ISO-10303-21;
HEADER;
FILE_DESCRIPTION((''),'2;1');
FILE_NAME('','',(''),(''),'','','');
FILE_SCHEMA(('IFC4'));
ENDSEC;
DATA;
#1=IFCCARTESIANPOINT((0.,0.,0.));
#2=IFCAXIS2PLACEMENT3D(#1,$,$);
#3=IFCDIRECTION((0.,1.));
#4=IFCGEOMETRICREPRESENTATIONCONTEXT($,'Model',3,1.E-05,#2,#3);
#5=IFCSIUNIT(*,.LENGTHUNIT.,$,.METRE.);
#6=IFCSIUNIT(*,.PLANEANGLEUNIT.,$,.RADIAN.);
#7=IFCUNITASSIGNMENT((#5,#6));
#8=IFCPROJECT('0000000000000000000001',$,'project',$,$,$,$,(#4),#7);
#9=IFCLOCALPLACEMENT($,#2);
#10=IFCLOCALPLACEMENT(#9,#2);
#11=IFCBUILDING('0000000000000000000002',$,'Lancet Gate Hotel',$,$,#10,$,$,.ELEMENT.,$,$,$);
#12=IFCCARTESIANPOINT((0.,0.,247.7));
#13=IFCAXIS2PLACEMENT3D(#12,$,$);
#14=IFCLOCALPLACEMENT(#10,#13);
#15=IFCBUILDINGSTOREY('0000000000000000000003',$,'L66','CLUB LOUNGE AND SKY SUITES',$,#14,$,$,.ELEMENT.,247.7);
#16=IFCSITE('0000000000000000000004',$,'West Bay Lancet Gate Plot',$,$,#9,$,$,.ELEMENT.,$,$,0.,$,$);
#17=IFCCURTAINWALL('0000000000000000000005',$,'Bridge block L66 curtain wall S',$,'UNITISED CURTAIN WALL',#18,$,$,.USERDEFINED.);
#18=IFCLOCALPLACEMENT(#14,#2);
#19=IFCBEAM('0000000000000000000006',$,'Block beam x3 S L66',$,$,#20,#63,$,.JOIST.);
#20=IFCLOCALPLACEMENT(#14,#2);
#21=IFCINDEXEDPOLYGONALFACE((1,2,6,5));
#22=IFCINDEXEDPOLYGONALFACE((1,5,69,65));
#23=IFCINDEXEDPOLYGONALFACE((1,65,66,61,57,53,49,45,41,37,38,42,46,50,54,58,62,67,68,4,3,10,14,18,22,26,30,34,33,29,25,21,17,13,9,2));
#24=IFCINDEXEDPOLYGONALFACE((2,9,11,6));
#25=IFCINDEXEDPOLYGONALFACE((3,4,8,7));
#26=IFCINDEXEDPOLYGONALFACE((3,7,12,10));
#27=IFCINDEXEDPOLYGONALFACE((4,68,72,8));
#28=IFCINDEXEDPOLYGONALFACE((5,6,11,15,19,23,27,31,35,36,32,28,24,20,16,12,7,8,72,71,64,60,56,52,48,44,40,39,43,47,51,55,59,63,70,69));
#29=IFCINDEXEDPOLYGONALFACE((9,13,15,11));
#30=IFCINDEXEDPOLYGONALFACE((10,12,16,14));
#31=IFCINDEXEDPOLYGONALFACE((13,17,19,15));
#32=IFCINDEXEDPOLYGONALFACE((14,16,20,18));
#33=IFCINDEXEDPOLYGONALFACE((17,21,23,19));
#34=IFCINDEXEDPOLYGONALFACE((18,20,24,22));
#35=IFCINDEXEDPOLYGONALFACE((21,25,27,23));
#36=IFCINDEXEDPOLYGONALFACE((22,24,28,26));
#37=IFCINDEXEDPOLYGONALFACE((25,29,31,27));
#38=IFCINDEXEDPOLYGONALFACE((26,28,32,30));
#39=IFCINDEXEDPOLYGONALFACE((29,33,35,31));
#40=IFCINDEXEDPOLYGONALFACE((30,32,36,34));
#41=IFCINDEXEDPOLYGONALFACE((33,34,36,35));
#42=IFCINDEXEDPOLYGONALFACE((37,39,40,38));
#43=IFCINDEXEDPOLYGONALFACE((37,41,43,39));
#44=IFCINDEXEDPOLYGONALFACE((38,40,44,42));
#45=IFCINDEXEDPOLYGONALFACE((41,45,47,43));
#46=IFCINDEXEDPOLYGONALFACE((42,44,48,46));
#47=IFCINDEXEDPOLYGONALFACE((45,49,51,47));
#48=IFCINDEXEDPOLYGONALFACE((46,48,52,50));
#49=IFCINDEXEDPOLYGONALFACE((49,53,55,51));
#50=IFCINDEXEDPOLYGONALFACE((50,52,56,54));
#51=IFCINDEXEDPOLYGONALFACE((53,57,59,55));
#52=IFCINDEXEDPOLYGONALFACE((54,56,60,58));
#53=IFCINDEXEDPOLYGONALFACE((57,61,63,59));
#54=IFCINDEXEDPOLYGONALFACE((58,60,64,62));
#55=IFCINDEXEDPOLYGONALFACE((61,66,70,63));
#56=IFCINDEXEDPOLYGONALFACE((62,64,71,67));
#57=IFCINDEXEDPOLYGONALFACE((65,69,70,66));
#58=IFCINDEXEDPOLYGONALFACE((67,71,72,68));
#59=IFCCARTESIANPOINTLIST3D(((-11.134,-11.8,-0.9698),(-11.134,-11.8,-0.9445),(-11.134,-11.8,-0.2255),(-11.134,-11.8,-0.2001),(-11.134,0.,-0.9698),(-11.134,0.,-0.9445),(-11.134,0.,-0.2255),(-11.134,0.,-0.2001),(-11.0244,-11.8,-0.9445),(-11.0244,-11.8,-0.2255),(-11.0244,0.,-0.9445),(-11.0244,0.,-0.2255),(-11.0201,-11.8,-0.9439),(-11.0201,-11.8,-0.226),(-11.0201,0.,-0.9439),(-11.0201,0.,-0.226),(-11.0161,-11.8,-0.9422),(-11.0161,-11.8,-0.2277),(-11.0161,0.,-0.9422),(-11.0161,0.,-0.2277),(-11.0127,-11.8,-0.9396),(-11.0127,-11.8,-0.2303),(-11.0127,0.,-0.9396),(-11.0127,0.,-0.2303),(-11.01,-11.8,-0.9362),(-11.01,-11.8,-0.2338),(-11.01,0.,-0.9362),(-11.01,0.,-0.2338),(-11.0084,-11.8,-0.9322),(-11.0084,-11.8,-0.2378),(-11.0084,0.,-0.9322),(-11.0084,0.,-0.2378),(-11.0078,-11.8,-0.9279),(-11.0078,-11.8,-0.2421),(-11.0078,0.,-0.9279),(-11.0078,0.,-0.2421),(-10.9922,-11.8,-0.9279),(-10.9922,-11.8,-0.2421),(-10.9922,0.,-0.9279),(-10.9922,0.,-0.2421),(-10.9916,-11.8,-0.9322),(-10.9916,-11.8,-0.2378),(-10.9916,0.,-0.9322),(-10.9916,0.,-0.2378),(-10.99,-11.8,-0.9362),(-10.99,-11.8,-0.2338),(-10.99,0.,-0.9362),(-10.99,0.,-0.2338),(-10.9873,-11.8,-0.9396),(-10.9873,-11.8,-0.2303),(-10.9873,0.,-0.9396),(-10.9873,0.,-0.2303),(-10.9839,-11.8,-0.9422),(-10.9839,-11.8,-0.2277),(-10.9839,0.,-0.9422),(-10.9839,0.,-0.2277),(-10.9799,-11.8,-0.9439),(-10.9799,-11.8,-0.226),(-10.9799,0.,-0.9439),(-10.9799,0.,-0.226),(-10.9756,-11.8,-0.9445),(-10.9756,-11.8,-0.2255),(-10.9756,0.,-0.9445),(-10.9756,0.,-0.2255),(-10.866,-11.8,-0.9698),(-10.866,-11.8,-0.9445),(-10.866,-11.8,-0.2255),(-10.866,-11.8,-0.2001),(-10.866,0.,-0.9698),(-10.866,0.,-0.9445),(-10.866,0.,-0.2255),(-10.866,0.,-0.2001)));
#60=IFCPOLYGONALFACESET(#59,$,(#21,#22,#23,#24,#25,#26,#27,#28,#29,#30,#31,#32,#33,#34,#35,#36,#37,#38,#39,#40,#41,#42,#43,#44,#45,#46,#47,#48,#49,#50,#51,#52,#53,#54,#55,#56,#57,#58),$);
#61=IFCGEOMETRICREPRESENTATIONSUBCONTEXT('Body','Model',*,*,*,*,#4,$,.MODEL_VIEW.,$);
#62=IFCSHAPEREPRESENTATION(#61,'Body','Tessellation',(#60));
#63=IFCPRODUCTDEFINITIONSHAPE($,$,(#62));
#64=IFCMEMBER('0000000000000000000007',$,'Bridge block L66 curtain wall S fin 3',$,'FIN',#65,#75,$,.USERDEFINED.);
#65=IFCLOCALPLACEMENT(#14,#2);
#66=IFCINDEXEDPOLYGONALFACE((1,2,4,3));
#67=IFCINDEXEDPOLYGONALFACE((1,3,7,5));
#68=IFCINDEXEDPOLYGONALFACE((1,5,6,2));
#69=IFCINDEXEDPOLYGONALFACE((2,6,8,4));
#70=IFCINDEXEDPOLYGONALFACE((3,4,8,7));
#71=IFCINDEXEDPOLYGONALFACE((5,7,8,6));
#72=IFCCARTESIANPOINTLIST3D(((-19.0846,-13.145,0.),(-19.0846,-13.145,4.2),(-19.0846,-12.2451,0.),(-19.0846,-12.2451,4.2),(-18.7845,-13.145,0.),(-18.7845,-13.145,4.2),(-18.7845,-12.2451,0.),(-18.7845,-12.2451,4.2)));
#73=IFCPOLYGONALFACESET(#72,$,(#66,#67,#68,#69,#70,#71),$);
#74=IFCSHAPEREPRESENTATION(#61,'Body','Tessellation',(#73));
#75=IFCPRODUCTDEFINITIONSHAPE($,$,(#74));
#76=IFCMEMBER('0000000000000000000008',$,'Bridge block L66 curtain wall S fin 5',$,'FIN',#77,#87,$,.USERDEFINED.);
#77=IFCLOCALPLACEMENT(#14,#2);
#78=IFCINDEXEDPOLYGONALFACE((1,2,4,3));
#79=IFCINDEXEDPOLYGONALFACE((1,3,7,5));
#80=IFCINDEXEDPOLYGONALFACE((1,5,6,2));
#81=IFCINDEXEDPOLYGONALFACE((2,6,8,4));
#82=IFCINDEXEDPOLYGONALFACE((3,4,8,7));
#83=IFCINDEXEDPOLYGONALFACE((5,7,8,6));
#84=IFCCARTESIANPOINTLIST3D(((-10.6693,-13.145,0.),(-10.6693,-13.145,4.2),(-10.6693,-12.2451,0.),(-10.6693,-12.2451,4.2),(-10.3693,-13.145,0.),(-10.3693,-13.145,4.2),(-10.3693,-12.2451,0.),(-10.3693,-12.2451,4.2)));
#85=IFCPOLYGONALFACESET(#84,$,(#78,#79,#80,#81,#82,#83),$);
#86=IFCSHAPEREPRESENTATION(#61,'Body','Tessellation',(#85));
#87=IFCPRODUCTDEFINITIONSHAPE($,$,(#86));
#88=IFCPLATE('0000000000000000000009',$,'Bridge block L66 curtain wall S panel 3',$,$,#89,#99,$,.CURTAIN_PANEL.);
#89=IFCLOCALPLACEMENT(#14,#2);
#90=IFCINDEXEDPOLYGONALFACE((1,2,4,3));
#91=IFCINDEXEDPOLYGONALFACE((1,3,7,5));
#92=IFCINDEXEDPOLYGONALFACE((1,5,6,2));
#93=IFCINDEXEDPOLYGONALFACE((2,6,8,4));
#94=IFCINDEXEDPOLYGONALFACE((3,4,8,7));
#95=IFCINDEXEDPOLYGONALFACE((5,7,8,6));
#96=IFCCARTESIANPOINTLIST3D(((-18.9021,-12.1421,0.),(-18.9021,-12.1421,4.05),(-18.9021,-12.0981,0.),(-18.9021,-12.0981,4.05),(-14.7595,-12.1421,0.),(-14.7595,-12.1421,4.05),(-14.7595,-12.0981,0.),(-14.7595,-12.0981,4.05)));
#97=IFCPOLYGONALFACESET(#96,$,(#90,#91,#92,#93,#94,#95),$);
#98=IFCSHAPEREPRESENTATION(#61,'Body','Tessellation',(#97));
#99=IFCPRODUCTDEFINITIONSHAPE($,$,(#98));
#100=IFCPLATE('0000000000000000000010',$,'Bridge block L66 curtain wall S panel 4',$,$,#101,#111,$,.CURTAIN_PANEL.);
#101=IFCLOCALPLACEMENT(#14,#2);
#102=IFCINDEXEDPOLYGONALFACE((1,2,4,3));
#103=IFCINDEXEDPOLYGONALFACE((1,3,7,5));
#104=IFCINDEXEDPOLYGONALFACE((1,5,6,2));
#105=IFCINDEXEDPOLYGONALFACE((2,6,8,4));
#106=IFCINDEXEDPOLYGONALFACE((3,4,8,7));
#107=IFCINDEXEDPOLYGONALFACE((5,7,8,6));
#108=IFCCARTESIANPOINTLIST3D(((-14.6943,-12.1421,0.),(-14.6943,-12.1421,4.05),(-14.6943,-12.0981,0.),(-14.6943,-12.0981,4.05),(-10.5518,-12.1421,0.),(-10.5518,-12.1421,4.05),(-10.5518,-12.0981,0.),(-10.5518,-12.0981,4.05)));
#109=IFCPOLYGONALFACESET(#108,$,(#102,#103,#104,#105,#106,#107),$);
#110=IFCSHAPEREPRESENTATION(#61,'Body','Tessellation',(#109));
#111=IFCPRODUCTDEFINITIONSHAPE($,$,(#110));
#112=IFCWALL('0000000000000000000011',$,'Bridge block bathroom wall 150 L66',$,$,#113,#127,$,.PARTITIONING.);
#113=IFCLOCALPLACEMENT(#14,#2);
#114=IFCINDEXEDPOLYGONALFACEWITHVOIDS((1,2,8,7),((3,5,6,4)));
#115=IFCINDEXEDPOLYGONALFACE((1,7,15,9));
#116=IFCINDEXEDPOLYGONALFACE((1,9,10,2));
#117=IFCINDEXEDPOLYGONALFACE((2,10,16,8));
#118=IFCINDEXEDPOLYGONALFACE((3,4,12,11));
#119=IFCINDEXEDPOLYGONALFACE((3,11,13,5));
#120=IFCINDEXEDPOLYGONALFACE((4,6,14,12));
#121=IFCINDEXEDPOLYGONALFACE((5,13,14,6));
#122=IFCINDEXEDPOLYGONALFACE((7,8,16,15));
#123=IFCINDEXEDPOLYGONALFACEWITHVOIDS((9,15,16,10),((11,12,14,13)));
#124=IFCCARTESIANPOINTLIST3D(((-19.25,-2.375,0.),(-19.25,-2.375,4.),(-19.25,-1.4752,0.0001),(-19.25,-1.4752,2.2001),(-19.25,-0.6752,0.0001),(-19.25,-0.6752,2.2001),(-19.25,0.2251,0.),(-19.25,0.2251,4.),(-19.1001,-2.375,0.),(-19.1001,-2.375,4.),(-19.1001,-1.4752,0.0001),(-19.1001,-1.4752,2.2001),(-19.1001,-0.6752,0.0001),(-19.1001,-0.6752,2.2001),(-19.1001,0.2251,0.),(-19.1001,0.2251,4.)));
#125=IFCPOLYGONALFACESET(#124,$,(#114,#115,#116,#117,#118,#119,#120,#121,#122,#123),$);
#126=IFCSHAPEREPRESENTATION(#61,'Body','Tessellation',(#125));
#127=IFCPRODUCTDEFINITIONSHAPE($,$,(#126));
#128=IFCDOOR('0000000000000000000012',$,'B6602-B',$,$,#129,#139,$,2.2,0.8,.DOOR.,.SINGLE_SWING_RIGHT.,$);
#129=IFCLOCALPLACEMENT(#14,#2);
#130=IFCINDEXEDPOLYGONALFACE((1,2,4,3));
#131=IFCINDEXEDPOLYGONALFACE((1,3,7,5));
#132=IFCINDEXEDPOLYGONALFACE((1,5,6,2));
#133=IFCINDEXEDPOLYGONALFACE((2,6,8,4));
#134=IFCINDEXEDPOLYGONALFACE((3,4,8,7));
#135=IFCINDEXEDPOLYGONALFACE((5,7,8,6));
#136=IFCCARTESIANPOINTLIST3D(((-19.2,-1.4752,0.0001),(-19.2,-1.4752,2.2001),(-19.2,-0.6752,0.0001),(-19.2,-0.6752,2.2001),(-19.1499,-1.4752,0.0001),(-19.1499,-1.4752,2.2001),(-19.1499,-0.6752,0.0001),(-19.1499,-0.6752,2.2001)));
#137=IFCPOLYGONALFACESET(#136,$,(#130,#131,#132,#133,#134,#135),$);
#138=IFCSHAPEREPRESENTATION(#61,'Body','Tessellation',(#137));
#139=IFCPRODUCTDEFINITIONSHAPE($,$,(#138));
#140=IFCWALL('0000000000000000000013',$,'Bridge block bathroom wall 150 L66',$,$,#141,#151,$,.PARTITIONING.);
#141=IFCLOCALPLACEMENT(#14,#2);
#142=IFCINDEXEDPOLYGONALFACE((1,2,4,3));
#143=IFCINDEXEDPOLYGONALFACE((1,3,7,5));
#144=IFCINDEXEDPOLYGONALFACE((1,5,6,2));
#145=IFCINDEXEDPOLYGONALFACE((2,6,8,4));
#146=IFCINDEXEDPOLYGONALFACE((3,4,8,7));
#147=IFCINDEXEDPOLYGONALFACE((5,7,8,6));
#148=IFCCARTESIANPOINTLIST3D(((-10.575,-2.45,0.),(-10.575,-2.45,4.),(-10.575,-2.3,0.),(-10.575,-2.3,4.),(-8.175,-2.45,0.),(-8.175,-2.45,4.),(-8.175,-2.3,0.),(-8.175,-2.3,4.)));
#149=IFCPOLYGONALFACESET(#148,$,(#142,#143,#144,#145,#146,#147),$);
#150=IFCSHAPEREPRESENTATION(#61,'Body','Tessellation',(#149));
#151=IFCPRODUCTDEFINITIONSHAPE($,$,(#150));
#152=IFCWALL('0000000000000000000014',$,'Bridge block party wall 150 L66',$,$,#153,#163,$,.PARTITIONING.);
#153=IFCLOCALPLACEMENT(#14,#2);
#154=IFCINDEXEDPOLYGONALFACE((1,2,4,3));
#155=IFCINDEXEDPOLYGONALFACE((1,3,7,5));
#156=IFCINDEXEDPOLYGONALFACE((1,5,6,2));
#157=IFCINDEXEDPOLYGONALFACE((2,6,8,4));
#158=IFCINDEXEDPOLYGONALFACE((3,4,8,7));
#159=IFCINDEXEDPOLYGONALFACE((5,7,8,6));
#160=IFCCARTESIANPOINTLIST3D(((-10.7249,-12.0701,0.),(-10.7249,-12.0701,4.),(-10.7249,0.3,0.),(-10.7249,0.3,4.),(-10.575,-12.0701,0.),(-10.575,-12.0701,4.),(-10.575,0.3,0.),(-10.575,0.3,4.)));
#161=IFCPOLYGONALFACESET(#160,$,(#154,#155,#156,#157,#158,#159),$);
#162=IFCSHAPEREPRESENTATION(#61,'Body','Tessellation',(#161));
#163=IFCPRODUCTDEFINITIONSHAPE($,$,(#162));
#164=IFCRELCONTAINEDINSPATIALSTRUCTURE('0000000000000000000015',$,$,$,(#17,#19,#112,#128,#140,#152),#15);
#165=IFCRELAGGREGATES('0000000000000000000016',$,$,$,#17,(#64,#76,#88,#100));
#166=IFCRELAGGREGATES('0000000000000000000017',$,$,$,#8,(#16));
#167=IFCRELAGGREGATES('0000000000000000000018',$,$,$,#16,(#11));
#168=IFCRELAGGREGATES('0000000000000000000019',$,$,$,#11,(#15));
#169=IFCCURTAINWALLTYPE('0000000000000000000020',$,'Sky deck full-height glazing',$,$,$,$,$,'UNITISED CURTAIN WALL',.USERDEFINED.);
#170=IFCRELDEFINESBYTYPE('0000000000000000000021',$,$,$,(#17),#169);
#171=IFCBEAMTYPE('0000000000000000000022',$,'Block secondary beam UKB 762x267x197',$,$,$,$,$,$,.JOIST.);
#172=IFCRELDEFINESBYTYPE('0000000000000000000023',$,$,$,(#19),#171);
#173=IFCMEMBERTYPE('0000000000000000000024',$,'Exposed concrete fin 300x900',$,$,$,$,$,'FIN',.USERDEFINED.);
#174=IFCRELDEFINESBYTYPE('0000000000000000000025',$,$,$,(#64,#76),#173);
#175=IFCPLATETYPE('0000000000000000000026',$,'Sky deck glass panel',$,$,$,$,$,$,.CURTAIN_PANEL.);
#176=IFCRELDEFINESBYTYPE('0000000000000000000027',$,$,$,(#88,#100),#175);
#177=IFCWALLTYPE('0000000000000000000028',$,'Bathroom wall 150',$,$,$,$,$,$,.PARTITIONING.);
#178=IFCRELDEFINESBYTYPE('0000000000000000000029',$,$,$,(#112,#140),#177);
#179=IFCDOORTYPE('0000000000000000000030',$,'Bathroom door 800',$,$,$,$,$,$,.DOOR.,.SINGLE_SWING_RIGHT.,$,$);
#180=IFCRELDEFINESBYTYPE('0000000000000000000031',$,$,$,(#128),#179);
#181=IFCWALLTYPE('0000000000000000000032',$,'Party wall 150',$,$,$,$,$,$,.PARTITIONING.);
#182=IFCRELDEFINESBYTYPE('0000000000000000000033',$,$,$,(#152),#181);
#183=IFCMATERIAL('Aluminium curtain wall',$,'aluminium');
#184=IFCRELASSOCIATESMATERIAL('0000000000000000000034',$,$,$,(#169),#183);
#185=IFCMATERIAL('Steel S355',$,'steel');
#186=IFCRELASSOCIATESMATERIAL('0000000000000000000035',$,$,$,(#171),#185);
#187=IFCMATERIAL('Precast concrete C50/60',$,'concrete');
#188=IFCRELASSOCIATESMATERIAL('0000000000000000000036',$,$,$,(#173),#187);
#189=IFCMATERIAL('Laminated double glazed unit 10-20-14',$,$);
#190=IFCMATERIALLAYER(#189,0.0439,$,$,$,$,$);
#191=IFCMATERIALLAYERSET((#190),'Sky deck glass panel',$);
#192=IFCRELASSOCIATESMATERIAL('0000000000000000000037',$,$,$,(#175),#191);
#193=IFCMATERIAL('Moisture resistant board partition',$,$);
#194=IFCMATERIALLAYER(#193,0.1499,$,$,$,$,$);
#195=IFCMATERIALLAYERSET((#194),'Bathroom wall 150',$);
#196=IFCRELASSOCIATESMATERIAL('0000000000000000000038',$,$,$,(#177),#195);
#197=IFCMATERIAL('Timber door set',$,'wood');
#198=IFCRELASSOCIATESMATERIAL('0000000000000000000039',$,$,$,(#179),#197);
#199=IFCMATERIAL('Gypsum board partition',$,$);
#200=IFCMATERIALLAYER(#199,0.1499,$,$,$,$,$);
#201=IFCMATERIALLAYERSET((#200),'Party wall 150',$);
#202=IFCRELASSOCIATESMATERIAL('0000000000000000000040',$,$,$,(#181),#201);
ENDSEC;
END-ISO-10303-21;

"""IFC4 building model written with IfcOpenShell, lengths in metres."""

from ifc_helpers import new_model, si_unit, direction, frame, frame_2d, origin, origin_2d, place, context, subcontext, project, spatial, rectangle, i_section, extrude, material, layer, layer_set, material_profile, profile_set, type_object, element, fill, aggregate, save


model = new_model("IFC4")

# Units and contexts
model_context = context("Model", 3, precision=1e-05, world=origin(), true_north=direction((0.0, 1.0)))
body_context = subcontext(model_context, "Body", "Model", "MODEL_VIEW")
ifc_project = project(units=[si_unit("LENGTHUNIT", "METRE"), si_unit("PLANEANGLEUNIT", "RADIAN")], contexts=[model_context])

# Site, building, storey
site_placement = place(None, origin())
site = spatial("IfcSite", under=ifc_project, at=site_placement, Name="West Bay Lancet Gate Plot", CompositionType="ELEMENT", RefElevation=0.0)
building_placement = place(site_placement, origin())
building = spatial("IfcBuilding", under=site, at=building_placement, Name="Lancet Gate Hotel", CompositionType="ELEMENT")
storey_placement = place(building_placement, frame((0.0, 0.0, 247.7)))
storey = spatial("IfcBuildingStorey", under=building, at=storey_placement, Name="L66", Description="CLUB LOUNGE AND SKY SUITES", CompositionType="ELEMENT", Elevation=247.7)

# Curtain wall
ifc_material_1 = material(Name="Aluminium curtain wall", Category="aluminium")
curtain_wall_type = type_object("IfcCurtainWallType", Name="Sky deck full-height glazing", ElementType="UNITISED CURTAIN WALL", PredefinedType="USERDEFINED", material=ifc_material_1)
curtain_wall_placement = place(storey_placement, origin())
curtain_wall = element("IfcCurtainWall", 1, at=curtain_wall_placement, inside=storey, type_object=curtain_wall_type, Name="Bridge block L66 curtain wall S", ObjectType="UNITISED CURTAIN WALL", PredefinedType="USERDEFINED")

# Beam
ifc_material_2 = material(Name="Steel S355", Category="steel")
ifc_material_profile_1 = material_profile(ifc_material_2, i_section(OverallWidth=0.2681, OverallDepth=0.7698, WebThickness=0.0156, FlangeThickness=0.0254, FilletRadius=0.0166, at=origin_2d()), Name="UKB 762x267x197")
ifc_profile_set_1 = profile_set([ifc_material_profile_1], Name="Steel S355")
beam_type_1 = type_object("IfcBeamType", Name="Block secondary beam UKB 762x267x197", PredefinedType="JOIST", material=ifc_profile_set_1)
for number, where, z_axis, x_axis, name in (
    (2, (-11.0, -11.8, -0.585), (0.0, 1.0, 0.0), (-1.0, 0.0, 0.0), "Block beam x3 S L66"),
):
    element("IfcBeam", number, at=place(storey_placement, frame(where, z_axis=z_axis, x_axis=x_axis)), inside=storey, type_object=beam_type_1, Name=name, PredefinedType="JOIST", context=body_context, shape_type="SweptSolid", body=[
        extrude(i_section(OverallWidth=0.2681, OverallDepth=0.7698, WebThickness=0.0156, FlangeThickness=0.0254, FilletRadius=0.0166, at=origin_2d()), origin(), (0.0, 0.0, 1.0), 11.8),
    ])

# Members
ifc_material_3 = material(Name="Precast concrete C50/60", Category="concrete")
ifc_material_profile_2 = material_profile(ifc_material_3, rectangle(XDim=0.3, YDim=0.8999, at=origin_2d()), Name="FIN 300x900")
ifc_profile_set_2 = profile_set([ifc_material_profile_2], Name="Precast concrete C50/60")
member_type_1 = type_object("IfcMemberType", Name="Exposed concrete fin 300x900", ElementType="FIN", PredefinedType="USERDEFINED", material=ifc_profile_set_2)
member_1_placement = place(storey_placement, frame((-18.9346, -12.6951, 0.0), z_axis=(0.0, 0.0, 1.0), x_axis=(1.0, 0.0, 0.0)))
member_1 = element("IfcMember", 3, at=member_1_placement, type_object=member_type_1, Name="Bridge block L66 curtain wall S fin 3", ObjectType="FIN", PredefinedType="USERDEFINED", context=body_context, shape_type="SweptSolid", body=[
    extrude(rectangle(XDim=0.3, YDim=0.8999, at=origin_2d()), origin(), (0.0, 0.0, 1.0), 4.2),
])
member_2_placement = place(storey_placement, frame((-10.5193, -12.6951, 0.0), z_axis=(0.0, 0.0, 1.0), x_axis=(1.0, 0.0, 0.0)))
member_2 = element("IfcMember", 4, at=member_2_placement, type_object=member_type_1, Name="Bridge block L66 curtain wall S fin 5", ObjectType="FIN", PredefinedType="USERDEFINED", context=body_context, shape_type="SweptSolid", body=[
    extrude(rectangle(XDim=0.3, YDim=0.8999, at=origin_2d()), origin(), (0.0, 0.0, 1.0), 4.2),
])

# Plates
ifc_material_4 = material(Name="Laminated double glazed unit 10-20-14")
ifc_layer_1 = layer(ifc_material_4, 0.0439)
ifc_layer_set_1 = layer_set([ifc_layer_1], Name="Sky deck glass panel")
plate_type = type_object("IfcPlateType", Name="Sky deck glass panel", PredefinedType="CURTAIN_PANEL", material=ifc_layer_set_1)
plate_1_placement = place(storey_placement, frame((-16.8308, -12.1201, 0.0), z_axis=(0.0, 0.0, 1.0), x_axis=(1.0, 0.0, 0.0)))
plate_1 = element("IfcPlate", 5, at=plate_1_placement, type_object=plate_type, Name="Bridge block L66 curtain wall S panel 3", PredefinedType="CURTAIN_PANEL", context=body_context, shape_type="SweptSolid", body=[
    extrude(rectangle(XDim=4.1426, YDim=0.0439, at=origin_2d()), origin(), (0.0, 0.0, 1.0), 4.05),
])
plate_2_placement = place(storey_placement, frame((-12.623, -12.1201, 0.0), z_axis=(0.0, 0.0, 1.0), x_axis=(1.0, 0.0, 0.0)))
plate_2 = element("IfcPlate", 6, at=plate_2_placement, type_object=plate_type, Name="Bridge block L66 curtain wall S panel 4", PredefinedType="CURTAIN_PANEL", context=body_context, shape_type="SweptSolid", body=[
    extrude(rectangle(XDim=4.1426, YDim=0.0439, at=origin_2d()), origin(), (0.0, 0.0, 1.0), 4.05),
])
aggregate(curtain_wall, [member_1, member_2, plate_1, plate_2])

# Wall, opening, door
ifc_material_5 = material(Name="Moisture resistant board partition")
ifc_layer_2 = layer(ifc_material_5, 0.1499)
ifc_layer_set_2 = layer_set([ifc_layer_2], Name="Bathroom wall 150")
wall_type_1 = type_object("IfcWallType", Name="Bathroom wall 150", PredefinedType="PARTITIONING", material=ifc_layer_set_2)
wall_1_placement = place(storey_placement, frame((-19.175, -2.375, 0.0), z_axis=(0.0, 0.0, 1.0), x_axis=(0.0, 1.0, 0.0)))
wall_1 = element("IfcWall", 7, at=wall_1_placement, inside=storey, type_object=wall_type_1, Name="Bridge block bathroom wall 150 L66", PredefinedType="PARTITIONING", context=body_context, shape_type="SweptSolid", body=[
    extrude(rectangle(XDim=2.6001, YDim=0.1499, at=frame_2d((1.3, 0.0))), origin(), (0.0, 0.0, 1.0), 4.0),
])
opening_placement = place(wall_1_placement, frame((0.8999, 0.0, 0.0)))
opening = element("IfcOpeningElement", 8, at=opening_placement, cuts=wall_1, PredefinedType="OPENING", context=body_context, shape_type="SweptSolid", body=[
    extrude(rectangle(XDim=0.8, YDim=2.2, at=frame_2d((0.3999, 1.1001))), frame((0.0, 0.085, 0.0), z_axis=(0.0, -1.0, 0.0), x_axis=(1.0, 0.0, 0.0)), (0.0, 0.0, 1.0), 0.1699),
])
ifc_material_6 = material(Name="Timber door set", Category="wood")
door_type = type_object("IfcDoorType", Name="Bathroom door 800", OperationType="SINGLE_SWING_RIGHT", PredefinedType="DOOR", material=ifc_material_6)
door_placement = place(opening_placement, origin())
door = element("IfcDoor", 9, at=door_placement, inside=storey, type_object=door_type, Name="B6602-B", OperationType="SINGLE_SWING_RIGHT", OverallHeight=2.2, OverallWidth=0.8, PredefinedType="DOOR", context=body_context, shape_type="SweptSolid", body=[
    extrude(rectangle(XDim=0.8, YDim=2.2, at=frame_2d((0.3999, 1.1001))), frame((0.0, 0.0249, 0.0), z_axis=(0.0, -1.0, 0.0), x_axis=(1.0, 0.0, 0.0)), (0.0, 0.0, 1.0), 0.05),
])
fill(opening, door)

# Walls
wall_2_placement = place(storey_placement, frame((-10.575, -2.375, 0.0), z_axis=(0.0, 0.0, 1.0), x_axis=(1.0, 0.0, 0.0)))
element("IfcWall", 10, at=wall_2_placement, inside=storey, type_object=wall_type_1, Name="Bridge block bathroom wall 150 L66", PredefinedType="PARTITIONING", context=body_context, shape_type="SweptSolid", body=[
    extrude(rectangle(XDim=2.3999, YDim=0.1499, at=frame_2d((1.2, 0.0))), origin(), (0.0, 0.0, 1.0), 4.0),
])
ifc_material_7 = material(Name="Gypsum board partition")
ifc_layer_3 = layer(ifc_material_7, 0.1499)
ifc_layer_set_3 = layer_set([ifc_layer_3], Name="Party wall 150")
wall_type_2 = type_object("IfcWallType", Name="Party wall 150", PredefinedType="PARTITIONING", material=ifc_layer_set_3)
wall_3_placement = place(storey_placement, frame((-10.6499, -12.0701, 0.0), z_axis=(0.0, 0.0, 1.0), x_axis=(0.0, 1.0, 0.0)))
element("IfcWall", 11, at=wall_3_placement, inside=storey, type_object=wall_type_2, Name="Bridge block party wall 150 L66", PredefinedType="PARTITIONING", context=body_context, shape_type="SweptSolid", body=[
    extrude(rectangle(XDim=12.3701, YDim=0.1499, at=frame_2d((6.1851, 0.0))), origin(), (0.0, 0.0, 1.0), 4.0),
])

save(model, "model.ifc")
